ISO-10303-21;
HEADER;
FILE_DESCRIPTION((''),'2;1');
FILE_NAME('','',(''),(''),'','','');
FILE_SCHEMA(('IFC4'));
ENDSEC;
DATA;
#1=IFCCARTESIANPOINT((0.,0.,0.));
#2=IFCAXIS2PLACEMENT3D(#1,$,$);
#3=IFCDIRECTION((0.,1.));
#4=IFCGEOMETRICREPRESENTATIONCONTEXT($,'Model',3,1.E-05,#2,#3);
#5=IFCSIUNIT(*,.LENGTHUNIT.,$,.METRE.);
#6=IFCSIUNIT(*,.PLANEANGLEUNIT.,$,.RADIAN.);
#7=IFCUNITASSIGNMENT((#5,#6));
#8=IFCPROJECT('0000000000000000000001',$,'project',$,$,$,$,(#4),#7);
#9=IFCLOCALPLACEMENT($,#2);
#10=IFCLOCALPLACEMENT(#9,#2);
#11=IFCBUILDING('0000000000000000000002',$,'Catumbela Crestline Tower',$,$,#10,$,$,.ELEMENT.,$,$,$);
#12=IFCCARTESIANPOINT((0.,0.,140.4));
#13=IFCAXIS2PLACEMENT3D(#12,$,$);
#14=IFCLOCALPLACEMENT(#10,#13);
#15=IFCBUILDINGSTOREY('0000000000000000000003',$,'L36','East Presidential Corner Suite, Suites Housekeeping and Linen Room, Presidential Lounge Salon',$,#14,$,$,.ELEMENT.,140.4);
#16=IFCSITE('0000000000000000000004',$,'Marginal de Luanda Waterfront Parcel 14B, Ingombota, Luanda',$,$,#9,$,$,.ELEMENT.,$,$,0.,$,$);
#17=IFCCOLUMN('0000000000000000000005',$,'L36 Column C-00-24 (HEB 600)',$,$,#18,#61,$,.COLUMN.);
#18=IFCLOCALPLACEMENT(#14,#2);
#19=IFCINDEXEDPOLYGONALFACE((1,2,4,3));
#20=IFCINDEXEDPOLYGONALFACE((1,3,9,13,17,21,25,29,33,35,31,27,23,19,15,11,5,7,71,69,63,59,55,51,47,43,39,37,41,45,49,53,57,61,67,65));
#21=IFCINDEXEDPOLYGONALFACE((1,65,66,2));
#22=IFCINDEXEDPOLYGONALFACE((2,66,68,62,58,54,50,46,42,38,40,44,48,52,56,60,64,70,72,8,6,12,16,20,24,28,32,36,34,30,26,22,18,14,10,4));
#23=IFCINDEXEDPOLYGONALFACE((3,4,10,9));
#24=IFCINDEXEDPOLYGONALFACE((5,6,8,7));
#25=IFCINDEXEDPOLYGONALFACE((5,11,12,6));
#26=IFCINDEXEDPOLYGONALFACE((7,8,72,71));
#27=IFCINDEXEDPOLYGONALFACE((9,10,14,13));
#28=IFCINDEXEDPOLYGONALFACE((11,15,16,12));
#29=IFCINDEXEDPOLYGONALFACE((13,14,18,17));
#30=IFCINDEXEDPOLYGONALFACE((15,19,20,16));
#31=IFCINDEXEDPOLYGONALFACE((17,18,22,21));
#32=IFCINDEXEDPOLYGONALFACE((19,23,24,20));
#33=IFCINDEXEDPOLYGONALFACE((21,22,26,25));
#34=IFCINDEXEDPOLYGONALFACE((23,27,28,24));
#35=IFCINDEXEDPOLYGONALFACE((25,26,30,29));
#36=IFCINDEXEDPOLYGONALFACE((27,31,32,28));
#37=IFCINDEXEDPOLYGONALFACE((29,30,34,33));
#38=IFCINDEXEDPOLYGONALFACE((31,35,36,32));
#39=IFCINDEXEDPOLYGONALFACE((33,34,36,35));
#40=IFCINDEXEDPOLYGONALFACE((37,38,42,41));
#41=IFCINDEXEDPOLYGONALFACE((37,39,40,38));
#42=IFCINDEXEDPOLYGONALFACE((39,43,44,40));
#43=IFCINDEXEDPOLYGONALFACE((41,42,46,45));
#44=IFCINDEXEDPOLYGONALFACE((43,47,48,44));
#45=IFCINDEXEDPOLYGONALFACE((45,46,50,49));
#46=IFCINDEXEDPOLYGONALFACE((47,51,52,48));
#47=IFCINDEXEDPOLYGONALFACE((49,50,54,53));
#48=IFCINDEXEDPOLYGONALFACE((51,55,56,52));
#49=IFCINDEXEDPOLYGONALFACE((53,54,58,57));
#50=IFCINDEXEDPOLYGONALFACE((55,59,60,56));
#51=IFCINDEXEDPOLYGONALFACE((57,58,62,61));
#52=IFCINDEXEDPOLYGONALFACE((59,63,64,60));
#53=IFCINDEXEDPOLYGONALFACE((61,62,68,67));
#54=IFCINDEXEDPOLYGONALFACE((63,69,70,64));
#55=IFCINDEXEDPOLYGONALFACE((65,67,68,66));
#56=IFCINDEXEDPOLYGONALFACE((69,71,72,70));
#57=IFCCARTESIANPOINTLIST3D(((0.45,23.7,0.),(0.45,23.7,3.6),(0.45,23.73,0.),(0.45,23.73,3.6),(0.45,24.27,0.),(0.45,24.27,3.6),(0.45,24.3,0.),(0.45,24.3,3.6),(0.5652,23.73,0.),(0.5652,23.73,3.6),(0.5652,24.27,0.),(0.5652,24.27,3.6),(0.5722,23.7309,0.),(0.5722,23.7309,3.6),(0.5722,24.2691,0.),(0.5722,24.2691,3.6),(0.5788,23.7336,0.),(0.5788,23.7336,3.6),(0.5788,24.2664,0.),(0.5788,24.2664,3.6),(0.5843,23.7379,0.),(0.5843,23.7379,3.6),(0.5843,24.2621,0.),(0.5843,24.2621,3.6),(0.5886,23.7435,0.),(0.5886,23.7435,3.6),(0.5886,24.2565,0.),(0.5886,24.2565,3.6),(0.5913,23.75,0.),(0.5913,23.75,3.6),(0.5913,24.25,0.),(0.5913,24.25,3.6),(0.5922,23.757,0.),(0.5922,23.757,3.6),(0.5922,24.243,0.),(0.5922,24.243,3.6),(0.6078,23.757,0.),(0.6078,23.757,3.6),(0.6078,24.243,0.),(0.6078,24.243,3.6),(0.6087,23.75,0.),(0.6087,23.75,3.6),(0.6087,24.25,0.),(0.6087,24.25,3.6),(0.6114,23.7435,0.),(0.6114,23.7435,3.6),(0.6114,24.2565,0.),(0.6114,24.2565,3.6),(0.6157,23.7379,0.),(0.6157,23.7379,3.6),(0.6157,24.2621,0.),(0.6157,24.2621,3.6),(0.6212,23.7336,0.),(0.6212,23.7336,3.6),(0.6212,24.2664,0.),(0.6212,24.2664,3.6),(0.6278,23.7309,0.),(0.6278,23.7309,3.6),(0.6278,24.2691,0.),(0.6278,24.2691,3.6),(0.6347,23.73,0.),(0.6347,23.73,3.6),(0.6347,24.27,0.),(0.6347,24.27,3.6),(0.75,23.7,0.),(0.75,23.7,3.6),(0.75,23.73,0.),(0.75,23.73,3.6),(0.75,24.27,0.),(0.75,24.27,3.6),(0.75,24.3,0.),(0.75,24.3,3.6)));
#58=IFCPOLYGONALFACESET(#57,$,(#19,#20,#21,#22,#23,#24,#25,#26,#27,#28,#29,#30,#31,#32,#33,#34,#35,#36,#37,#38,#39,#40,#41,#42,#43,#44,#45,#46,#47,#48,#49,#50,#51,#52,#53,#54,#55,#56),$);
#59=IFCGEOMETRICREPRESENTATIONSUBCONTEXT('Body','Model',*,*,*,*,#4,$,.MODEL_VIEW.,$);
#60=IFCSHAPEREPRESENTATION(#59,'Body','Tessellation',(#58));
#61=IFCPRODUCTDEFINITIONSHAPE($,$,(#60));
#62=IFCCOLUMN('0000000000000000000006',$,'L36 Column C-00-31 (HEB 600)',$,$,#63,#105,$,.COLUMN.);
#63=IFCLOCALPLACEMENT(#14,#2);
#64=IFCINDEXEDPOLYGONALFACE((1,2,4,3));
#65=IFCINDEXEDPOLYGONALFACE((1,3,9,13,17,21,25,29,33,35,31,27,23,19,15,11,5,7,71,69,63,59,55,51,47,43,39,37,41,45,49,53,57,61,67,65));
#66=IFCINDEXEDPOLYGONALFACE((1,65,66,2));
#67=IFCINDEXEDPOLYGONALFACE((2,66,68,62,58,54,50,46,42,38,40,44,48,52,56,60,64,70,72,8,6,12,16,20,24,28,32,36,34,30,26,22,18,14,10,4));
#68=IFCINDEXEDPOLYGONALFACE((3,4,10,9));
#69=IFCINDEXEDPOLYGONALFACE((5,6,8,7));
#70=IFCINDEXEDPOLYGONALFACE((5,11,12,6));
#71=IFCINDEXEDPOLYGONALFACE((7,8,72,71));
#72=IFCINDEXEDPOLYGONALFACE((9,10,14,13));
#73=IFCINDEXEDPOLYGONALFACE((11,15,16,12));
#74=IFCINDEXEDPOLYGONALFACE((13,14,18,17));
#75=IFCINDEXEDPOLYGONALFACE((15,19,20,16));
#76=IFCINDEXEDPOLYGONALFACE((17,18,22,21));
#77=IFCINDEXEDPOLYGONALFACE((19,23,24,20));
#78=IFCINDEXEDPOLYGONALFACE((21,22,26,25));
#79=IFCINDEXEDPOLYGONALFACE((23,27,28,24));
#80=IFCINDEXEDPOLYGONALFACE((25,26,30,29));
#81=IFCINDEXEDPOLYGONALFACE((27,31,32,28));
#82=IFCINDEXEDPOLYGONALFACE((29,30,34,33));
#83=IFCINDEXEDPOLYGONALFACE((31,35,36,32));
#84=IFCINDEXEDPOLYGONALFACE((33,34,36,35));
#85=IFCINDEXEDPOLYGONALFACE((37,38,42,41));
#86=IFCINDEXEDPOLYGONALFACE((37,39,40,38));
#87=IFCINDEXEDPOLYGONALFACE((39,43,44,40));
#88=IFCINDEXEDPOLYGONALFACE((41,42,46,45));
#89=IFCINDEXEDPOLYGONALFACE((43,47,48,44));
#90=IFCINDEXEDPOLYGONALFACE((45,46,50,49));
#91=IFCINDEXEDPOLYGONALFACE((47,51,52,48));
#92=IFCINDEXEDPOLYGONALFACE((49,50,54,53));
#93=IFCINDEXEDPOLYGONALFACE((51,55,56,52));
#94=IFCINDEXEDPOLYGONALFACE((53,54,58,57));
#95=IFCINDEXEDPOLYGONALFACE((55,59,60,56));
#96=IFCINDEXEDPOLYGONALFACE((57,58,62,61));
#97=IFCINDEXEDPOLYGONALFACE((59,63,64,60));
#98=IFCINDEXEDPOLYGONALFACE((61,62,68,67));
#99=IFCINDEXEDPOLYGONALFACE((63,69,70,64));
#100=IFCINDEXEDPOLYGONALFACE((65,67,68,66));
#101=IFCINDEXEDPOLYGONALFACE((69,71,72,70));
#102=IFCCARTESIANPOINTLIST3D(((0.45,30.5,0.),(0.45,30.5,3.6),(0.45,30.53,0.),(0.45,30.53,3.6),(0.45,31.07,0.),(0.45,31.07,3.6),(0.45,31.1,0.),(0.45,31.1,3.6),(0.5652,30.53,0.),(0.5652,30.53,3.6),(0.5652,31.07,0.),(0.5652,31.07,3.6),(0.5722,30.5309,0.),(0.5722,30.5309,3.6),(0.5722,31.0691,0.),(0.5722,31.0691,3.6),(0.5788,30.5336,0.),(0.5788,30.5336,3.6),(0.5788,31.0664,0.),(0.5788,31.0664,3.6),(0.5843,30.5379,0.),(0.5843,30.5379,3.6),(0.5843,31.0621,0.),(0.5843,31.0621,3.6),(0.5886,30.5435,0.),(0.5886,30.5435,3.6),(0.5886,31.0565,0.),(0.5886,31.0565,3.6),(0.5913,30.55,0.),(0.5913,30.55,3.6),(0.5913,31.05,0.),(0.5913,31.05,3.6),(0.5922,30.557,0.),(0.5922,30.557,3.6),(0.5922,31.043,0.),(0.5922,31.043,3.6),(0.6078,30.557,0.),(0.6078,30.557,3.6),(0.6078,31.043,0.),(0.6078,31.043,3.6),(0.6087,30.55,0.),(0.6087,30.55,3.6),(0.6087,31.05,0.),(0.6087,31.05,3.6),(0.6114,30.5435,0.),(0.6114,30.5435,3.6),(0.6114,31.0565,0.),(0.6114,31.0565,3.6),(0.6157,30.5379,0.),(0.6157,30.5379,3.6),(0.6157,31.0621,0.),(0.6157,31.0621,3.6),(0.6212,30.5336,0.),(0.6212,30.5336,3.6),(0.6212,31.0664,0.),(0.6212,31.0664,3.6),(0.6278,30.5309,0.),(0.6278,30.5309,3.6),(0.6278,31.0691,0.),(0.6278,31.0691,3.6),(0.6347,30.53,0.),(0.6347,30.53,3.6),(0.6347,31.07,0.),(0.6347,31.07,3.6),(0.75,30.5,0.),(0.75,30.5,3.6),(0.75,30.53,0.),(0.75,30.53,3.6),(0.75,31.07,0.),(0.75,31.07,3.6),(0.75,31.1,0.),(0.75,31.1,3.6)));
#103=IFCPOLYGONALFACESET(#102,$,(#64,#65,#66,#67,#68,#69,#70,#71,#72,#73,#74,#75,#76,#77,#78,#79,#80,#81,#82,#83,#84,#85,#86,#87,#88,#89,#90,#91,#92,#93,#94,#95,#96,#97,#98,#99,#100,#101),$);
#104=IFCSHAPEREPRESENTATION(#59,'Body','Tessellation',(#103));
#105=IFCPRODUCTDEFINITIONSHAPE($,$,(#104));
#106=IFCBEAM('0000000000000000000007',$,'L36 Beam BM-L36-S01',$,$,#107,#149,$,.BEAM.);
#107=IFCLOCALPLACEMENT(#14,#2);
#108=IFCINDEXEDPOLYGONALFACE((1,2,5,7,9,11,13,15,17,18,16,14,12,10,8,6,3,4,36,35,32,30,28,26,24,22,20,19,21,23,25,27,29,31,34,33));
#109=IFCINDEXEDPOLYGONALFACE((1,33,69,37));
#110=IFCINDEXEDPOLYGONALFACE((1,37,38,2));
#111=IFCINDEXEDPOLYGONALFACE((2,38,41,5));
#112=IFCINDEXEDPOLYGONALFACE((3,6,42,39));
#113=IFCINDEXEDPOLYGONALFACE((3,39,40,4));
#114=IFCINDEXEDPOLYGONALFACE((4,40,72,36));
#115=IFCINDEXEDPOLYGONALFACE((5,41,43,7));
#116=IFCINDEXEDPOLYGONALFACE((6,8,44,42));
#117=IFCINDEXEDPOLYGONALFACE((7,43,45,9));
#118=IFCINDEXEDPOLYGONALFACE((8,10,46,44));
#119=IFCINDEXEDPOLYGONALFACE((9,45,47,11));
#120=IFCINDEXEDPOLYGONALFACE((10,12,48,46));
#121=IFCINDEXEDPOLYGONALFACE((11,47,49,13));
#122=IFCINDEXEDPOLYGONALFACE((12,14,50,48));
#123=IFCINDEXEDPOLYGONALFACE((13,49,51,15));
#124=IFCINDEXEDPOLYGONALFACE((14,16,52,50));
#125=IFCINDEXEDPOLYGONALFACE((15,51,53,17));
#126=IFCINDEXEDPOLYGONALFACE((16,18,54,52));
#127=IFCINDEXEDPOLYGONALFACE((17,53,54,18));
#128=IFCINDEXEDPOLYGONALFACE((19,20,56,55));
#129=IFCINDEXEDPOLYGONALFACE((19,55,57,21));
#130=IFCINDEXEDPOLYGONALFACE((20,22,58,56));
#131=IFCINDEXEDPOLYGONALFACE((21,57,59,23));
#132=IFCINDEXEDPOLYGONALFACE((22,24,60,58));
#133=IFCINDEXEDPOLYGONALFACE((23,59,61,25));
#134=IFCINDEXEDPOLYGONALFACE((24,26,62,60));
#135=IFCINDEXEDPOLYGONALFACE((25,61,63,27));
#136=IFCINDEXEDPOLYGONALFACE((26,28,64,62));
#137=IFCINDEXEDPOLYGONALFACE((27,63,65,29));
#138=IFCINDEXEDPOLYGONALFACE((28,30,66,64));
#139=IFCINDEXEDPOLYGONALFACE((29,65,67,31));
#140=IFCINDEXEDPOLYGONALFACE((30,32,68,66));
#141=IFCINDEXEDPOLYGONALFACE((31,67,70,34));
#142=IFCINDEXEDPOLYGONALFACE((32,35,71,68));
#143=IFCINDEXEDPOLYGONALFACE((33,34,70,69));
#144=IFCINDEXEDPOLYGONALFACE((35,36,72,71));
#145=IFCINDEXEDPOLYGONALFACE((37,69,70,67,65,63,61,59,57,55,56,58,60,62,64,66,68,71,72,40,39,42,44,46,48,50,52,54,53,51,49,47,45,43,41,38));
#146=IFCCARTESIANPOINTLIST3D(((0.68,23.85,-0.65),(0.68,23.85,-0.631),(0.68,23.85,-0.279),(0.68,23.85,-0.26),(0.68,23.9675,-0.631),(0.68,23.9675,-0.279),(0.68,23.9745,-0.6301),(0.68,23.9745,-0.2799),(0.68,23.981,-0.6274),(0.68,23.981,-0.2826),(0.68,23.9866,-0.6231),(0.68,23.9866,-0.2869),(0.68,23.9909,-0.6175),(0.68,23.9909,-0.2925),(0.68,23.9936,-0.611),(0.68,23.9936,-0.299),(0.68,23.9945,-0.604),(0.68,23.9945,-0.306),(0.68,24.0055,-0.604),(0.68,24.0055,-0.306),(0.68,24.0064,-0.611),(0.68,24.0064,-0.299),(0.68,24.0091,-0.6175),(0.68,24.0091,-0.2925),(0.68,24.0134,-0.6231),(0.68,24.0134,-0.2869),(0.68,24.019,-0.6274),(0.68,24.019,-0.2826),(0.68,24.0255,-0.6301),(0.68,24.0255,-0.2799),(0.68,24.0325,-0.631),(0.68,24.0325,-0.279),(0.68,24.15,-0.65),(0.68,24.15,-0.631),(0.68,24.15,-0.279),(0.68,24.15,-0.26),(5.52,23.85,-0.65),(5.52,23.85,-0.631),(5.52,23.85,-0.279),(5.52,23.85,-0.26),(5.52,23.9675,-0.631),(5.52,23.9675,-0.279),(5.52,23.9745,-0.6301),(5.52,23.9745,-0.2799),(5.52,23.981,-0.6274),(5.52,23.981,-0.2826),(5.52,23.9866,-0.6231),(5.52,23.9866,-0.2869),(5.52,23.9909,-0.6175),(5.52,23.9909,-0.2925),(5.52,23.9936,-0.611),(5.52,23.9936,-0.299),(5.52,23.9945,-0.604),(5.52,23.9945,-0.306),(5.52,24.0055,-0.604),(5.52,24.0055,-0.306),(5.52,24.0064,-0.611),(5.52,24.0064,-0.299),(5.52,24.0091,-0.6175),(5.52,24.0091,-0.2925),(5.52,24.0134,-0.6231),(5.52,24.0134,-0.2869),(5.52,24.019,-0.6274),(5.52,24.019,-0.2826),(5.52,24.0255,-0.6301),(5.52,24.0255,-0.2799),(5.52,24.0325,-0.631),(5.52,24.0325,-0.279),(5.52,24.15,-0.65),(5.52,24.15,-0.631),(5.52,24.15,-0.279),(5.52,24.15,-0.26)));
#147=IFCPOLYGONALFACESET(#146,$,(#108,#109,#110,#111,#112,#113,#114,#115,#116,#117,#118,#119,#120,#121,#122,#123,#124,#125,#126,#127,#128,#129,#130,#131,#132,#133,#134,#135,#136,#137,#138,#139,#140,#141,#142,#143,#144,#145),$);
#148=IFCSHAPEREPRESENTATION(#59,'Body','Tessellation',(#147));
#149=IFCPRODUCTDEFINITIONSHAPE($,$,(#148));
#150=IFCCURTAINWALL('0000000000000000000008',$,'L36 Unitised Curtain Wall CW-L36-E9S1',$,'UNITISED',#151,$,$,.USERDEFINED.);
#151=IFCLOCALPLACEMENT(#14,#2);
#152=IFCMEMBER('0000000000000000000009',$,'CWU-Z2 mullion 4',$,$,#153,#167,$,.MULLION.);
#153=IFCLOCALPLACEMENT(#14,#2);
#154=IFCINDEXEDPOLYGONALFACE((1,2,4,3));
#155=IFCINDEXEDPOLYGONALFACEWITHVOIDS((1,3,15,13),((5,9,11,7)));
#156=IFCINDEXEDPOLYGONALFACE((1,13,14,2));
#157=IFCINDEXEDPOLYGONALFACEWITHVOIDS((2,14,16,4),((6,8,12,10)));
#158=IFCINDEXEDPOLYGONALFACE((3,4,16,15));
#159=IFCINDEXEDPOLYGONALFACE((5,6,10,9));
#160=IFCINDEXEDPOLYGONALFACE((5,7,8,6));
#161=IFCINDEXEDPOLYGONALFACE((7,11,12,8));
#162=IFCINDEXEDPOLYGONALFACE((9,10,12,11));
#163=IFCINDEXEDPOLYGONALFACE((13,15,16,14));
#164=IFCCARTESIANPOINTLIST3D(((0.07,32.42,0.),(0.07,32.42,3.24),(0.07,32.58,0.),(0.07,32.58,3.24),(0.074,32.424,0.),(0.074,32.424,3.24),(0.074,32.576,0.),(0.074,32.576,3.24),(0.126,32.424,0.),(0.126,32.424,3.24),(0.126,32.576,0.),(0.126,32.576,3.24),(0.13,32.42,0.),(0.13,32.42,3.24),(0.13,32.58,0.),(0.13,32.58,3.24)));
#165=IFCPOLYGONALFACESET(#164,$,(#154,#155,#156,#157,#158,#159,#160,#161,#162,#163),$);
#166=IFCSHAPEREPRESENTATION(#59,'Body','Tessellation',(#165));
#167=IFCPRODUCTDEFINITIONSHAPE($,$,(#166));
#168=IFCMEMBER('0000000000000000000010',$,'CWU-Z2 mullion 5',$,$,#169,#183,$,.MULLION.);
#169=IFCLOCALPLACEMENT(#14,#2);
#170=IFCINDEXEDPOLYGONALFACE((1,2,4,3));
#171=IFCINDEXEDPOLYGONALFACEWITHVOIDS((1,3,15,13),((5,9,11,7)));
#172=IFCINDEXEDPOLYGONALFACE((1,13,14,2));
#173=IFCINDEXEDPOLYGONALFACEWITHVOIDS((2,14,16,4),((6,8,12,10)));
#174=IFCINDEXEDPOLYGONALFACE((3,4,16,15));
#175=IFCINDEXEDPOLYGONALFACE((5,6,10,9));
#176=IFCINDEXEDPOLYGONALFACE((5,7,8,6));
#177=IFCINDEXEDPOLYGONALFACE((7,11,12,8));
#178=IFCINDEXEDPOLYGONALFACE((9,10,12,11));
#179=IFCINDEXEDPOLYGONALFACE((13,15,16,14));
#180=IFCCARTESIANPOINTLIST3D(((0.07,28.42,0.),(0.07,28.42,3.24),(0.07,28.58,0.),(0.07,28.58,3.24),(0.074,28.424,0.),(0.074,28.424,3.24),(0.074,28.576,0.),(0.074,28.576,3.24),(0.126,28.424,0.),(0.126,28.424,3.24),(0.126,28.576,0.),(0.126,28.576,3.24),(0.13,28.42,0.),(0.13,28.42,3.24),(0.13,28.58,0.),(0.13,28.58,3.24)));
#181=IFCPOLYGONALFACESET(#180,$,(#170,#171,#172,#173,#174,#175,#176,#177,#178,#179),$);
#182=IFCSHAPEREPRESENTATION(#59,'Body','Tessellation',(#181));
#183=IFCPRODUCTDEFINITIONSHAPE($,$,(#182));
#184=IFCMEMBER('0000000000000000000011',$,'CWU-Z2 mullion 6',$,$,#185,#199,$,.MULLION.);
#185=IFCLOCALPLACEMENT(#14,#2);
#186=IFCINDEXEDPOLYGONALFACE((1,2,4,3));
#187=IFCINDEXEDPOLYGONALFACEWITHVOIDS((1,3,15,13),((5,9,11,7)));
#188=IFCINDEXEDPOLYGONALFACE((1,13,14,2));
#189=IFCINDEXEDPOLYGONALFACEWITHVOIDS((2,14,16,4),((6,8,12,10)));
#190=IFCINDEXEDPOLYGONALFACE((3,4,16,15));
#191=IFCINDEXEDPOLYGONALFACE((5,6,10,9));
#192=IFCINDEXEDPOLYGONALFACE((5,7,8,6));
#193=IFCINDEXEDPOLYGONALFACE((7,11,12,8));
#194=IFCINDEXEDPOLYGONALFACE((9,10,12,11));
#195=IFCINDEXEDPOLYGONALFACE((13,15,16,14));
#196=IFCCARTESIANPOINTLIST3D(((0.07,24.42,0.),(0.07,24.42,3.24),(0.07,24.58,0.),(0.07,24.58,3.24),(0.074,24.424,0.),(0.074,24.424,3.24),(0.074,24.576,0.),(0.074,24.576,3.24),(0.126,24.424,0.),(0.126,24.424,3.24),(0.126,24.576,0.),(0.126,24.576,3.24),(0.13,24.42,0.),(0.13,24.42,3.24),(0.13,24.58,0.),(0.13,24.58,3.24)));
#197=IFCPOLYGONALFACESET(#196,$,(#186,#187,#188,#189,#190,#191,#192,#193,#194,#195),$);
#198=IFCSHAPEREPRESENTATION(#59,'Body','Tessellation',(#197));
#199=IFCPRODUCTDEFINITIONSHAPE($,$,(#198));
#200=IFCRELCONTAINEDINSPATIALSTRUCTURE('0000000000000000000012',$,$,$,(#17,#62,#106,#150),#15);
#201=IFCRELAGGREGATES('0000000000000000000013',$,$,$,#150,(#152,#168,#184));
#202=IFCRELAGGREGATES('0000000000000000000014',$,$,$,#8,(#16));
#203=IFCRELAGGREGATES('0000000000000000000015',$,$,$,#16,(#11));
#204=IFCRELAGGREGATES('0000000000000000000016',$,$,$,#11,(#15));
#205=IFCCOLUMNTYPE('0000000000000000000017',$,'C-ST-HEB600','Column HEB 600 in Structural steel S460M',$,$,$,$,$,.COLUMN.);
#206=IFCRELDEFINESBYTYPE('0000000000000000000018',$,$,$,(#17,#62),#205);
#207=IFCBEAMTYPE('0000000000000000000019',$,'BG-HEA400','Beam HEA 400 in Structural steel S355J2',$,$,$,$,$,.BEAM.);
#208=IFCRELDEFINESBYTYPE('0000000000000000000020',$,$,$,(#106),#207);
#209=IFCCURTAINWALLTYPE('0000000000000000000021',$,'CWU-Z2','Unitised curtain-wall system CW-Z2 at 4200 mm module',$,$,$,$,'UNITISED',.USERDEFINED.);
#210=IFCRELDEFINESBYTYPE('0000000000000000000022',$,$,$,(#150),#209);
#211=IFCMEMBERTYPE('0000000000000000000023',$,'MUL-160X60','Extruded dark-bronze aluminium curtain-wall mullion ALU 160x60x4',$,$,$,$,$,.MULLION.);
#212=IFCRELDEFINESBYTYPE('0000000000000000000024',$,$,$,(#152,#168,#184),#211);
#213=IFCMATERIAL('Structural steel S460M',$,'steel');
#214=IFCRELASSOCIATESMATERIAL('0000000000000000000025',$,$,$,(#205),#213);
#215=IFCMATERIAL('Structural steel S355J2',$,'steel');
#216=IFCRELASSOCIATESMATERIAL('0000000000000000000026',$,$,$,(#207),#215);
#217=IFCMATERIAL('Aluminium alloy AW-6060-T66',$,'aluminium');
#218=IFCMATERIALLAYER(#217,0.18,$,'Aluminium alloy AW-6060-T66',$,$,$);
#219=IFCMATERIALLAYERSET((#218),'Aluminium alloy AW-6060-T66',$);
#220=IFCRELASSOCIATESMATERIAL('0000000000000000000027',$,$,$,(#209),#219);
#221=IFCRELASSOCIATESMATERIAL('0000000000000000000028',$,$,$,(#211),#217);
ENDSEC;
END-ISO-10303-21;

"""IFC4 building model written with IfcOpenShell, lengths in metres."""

from ifc_helpers import new_model, si_unit, direction, frame, origin, origin_2d, place, context, subcontext, project, spatial, hollow_rectangle, i_section, extrude, material, layer, layer_set, material_profile, profile_set, type_object, element, aggregate, save


model = new_model("IFC4")

# Units and contexts
model_context = context("Model", 3, precision=1e-05, world=origin(), true_north=direction((0.0, 1.0)))
body_context = subcontext(model_context, "Body", "Model", "MODEL_VIEW")
ifc_project = project(units=[si_unit("LENGTHUNIT", "METRE"), si_unit("PLANEANGLEUNIT", "RADIAN")], contexts=[model_context])

# Site, building, storey
site_placement = place(None, origin())
site = spatial("IfcSite", under=ifc_project, at=site_placement, Name="Marginal de Luanda Waterfront Parcel 14B, Ingombota, Luanda", CompositionType="ELEMENT", RefElevation=0.0)
building_placement = place(site_placement, origin())
building = spatial("IfcBuilding", under=site, at=building_placement, Name="Catumbela Crestline Tower", CompositionType="ELEMENT")
storey_placement = place(building_placement, frame((0.0, 0.0, 140.4)))
storey = spatial("IfcBuildingStorey", under=building, at=storey_placement, Name="L36", Description="East Presidential Corner Suite, Suites Housekeeping and Linen Room, Presidential Lounge Salon", CompositionType="ELEMENT", Elevation=140.4)

# Columns
ifc_material_1 = material(Name="Structural steel S460M", Category="steel")
ifc_material_profile_1 = material_profile(ifc_material_1, i_section(OverallWidth=0.3, OverallDepth=0.6, WebThickness=0.0155, FlangeThickness=0.03, FilletRadius=0.027, at=origin_2d()), Name="HEB 600")
ifc_profile_set_1 = profile_set([ifc_material_profile_1], Name="Structural steel S460M")
column_type = type_object("IfcColumnType", Name="C-ST-HEB600", Description="Column HEB 600 in Structural steel S460M", PredefinedType="COLUMN", material=ifc_profile_set_1)
for number, where, z_axis, x_axis, name in (
    (1, (0.6, 24.0, 0.0), (0.0, 0.0, 1.0), (1.0, 0.0, 0.0), "L36 Column C-00-24 (HEB 600)"),
    (2, (0.6, 30.8, 0.0), (0.0, 0.0, 1.0), (1.0, 0.0, 0.0), "L36 Column C-00-31 (HEB 600)"),
):
    element("IfcColumn", number, at=place(storey_placement, frame(where, z_axis=z_axis, x_axis=x_axis)), inside=storey, type_object=column_type, Name=name, PredefinedType="COLUMN", context=body_context, shape_type="SweptSolid", body=[
        extrude(i_section(OverallWidth=0.3, OverallDepth=0.6, WebThickness=0.0155, FlangeThickness=0.03, FilletRadius=0.027, at=origin_2d()), origin(), (0.0, 0.0, 1.0), 3.6),
    ])

# Beam
ifc_material_2 = material(Name="Structural steel S355J2", Category="steel")
ifc_material_profile_2 = material_profile(ifc_material_2, i_section(OverallWidth=0.3, OverallDepth=0.39, WebThickness=0.011, FlangeThickness=0.019, FilletRadius=0.027, at=origin_2d()), Name="HEA 400")
ifc_profile_set_2 = profile_set([ifc_material_profile_2], Name="Structural steel S355J2")
beam_type_1 = type_object("IfcBeamType", Name="BG-HEA400", Description="Beam HEA 400 in Structural steel S355J2", PredefinedType="BEAM", material=ifc_profile_set_2)
beam_1_placement = place(storey_placement, frame((0.68, 24.0, -0.455), z_axis=(1.0, 0.0, 0.0), x_axis=(0.0, 1.0, 0.0)))
element("IfcBeam", 3, at=beam_1_placement, inside=storey, type_object=beam_type_1, Name="L36 Beam BM-L36-S01", PredefinedType="BEAM", context=body_context, shape_type="SweptSolid", body=[
    extrude(i_section(OverallWidth=0.3, OverallDepth=0.39, WebThickness=0.011, FlangeThickness=0.019, FilletRadius=0.027, at=origin_2d()), origin(), (0.0, 0.0, 1.0), 4.84),
])

# Curtain wall, members
ifc_material_3 = material(Name="Aluminium alloy AW-6060-T66", Category="aluminium")
ifc_layer_1 = layer(ifc_material_3, 0.18, Name="Aluminium alloy AW-6060-T66")
ifc_layer_set_1 = layer_set([ifc_layer_1], Name="Aluminium alloy AW-6060-T66")
curtain_wall_type = type_object("IfcCurtainWallType", Name="CWU-Z2", Description="Unitised curtain-wall system CW-Z2 at 4200 mm module", ElementType="UNITISED", PredefinedType="USERDEFINED", material=ifc_layer_set_1)
curtain_wall_placement = place(storey_placement, origin())
curtain_wall = element("IfcCurtainWall", 4, at=curtain_wall_placement, inside=storey, type_object=curtain_wall_type, Name="L36 Unitised Curtain Wall CW-L36-E9S1", ObjectType="UNITISED", PredefinedType="USERDEFINED")
ifc_material_profile_3 = material_profile(ifc_material_3, hollow_rectangle(XDim=0.06, YDim=0.16, WallThickness=0.004, at=origin_2d()), Name="ALU 160x60x4")
ifc_profile_set_3 = profile_set([ifc_material_profile_3], Name="Aluminium alloy AW-6060-T66")
member_type_1 = type_object("IfcMemberType", Name="MUL-160X60", Description="Extruded dark-bronze aluminium curtain-wall mullion ALU 160x60x4", PredefinedType="MULLION", material=ifc_profile_set_3)
member_1_placement = place(storey_placement, frame((0.1, 32.5, 0.0), z_axis=(0.0, 0.0, 1.0), x_axis=(1.0, 0.0, 0.0)))
member_1 = element("IfcMember", 5, at=member_1_placement, type_object=member_type_1, Name="CWU-Z2 mullion 4", PredefinedType="MULLION", context=body_context, shape_type="SweptSolid", body=[
    extrude(hollow_rectangle(XDim=0.06, YDim=0.16, WallThickness=0.004, at=origin_2d()), origin(), (0.0, 0.0, 1.0), 3.24),
])
member_2_placement = place(storey_placement, frame((0.1, 28.5, 0.0), z_axis=(0.0, 0.0, 1.0), x_axis=(1.0, 0.0, 0.0)))
member_2 = element("IfcMember", 6, at=member_2_placement, type_object=member_type_1, Name="CWU-Z2 mullion 5", PredefinedType="MULLION", context=body_context, shape_type="SweptSolid", body=[
    extrude(hollow_rectangle(XDim=0.06, YDim=0.16, WallThickness=0.004, at=origin_2d()), origin(), (0.0, 0.0, 1.0), 3.24),
])
member_3_placement = place(storey_placement, frame((0.1, 24.5, 0.0), z_axis=(0.0, 0.0, 1.0), x_axis=(1.0, 0.0, 0.0)))
member_3 = element("IfcMember", 7, at=member_3_placement, type_object=member_type_1, Name="CWU-Z2 mullion 6", PredefinedType="MULLION", context=body_context, shape_type="SweptSolid", body=[
    extrude(hollow_rectangle(XDim=0.06, YDim=0.16, WallThickness=0.004, at=origin_2d()), origin(), (0.0, 0.0, 1.0), 3.24),
])

aggregate(curtain_wall, [member_1, member_2, member_3])

save(model, "model.ifc")
